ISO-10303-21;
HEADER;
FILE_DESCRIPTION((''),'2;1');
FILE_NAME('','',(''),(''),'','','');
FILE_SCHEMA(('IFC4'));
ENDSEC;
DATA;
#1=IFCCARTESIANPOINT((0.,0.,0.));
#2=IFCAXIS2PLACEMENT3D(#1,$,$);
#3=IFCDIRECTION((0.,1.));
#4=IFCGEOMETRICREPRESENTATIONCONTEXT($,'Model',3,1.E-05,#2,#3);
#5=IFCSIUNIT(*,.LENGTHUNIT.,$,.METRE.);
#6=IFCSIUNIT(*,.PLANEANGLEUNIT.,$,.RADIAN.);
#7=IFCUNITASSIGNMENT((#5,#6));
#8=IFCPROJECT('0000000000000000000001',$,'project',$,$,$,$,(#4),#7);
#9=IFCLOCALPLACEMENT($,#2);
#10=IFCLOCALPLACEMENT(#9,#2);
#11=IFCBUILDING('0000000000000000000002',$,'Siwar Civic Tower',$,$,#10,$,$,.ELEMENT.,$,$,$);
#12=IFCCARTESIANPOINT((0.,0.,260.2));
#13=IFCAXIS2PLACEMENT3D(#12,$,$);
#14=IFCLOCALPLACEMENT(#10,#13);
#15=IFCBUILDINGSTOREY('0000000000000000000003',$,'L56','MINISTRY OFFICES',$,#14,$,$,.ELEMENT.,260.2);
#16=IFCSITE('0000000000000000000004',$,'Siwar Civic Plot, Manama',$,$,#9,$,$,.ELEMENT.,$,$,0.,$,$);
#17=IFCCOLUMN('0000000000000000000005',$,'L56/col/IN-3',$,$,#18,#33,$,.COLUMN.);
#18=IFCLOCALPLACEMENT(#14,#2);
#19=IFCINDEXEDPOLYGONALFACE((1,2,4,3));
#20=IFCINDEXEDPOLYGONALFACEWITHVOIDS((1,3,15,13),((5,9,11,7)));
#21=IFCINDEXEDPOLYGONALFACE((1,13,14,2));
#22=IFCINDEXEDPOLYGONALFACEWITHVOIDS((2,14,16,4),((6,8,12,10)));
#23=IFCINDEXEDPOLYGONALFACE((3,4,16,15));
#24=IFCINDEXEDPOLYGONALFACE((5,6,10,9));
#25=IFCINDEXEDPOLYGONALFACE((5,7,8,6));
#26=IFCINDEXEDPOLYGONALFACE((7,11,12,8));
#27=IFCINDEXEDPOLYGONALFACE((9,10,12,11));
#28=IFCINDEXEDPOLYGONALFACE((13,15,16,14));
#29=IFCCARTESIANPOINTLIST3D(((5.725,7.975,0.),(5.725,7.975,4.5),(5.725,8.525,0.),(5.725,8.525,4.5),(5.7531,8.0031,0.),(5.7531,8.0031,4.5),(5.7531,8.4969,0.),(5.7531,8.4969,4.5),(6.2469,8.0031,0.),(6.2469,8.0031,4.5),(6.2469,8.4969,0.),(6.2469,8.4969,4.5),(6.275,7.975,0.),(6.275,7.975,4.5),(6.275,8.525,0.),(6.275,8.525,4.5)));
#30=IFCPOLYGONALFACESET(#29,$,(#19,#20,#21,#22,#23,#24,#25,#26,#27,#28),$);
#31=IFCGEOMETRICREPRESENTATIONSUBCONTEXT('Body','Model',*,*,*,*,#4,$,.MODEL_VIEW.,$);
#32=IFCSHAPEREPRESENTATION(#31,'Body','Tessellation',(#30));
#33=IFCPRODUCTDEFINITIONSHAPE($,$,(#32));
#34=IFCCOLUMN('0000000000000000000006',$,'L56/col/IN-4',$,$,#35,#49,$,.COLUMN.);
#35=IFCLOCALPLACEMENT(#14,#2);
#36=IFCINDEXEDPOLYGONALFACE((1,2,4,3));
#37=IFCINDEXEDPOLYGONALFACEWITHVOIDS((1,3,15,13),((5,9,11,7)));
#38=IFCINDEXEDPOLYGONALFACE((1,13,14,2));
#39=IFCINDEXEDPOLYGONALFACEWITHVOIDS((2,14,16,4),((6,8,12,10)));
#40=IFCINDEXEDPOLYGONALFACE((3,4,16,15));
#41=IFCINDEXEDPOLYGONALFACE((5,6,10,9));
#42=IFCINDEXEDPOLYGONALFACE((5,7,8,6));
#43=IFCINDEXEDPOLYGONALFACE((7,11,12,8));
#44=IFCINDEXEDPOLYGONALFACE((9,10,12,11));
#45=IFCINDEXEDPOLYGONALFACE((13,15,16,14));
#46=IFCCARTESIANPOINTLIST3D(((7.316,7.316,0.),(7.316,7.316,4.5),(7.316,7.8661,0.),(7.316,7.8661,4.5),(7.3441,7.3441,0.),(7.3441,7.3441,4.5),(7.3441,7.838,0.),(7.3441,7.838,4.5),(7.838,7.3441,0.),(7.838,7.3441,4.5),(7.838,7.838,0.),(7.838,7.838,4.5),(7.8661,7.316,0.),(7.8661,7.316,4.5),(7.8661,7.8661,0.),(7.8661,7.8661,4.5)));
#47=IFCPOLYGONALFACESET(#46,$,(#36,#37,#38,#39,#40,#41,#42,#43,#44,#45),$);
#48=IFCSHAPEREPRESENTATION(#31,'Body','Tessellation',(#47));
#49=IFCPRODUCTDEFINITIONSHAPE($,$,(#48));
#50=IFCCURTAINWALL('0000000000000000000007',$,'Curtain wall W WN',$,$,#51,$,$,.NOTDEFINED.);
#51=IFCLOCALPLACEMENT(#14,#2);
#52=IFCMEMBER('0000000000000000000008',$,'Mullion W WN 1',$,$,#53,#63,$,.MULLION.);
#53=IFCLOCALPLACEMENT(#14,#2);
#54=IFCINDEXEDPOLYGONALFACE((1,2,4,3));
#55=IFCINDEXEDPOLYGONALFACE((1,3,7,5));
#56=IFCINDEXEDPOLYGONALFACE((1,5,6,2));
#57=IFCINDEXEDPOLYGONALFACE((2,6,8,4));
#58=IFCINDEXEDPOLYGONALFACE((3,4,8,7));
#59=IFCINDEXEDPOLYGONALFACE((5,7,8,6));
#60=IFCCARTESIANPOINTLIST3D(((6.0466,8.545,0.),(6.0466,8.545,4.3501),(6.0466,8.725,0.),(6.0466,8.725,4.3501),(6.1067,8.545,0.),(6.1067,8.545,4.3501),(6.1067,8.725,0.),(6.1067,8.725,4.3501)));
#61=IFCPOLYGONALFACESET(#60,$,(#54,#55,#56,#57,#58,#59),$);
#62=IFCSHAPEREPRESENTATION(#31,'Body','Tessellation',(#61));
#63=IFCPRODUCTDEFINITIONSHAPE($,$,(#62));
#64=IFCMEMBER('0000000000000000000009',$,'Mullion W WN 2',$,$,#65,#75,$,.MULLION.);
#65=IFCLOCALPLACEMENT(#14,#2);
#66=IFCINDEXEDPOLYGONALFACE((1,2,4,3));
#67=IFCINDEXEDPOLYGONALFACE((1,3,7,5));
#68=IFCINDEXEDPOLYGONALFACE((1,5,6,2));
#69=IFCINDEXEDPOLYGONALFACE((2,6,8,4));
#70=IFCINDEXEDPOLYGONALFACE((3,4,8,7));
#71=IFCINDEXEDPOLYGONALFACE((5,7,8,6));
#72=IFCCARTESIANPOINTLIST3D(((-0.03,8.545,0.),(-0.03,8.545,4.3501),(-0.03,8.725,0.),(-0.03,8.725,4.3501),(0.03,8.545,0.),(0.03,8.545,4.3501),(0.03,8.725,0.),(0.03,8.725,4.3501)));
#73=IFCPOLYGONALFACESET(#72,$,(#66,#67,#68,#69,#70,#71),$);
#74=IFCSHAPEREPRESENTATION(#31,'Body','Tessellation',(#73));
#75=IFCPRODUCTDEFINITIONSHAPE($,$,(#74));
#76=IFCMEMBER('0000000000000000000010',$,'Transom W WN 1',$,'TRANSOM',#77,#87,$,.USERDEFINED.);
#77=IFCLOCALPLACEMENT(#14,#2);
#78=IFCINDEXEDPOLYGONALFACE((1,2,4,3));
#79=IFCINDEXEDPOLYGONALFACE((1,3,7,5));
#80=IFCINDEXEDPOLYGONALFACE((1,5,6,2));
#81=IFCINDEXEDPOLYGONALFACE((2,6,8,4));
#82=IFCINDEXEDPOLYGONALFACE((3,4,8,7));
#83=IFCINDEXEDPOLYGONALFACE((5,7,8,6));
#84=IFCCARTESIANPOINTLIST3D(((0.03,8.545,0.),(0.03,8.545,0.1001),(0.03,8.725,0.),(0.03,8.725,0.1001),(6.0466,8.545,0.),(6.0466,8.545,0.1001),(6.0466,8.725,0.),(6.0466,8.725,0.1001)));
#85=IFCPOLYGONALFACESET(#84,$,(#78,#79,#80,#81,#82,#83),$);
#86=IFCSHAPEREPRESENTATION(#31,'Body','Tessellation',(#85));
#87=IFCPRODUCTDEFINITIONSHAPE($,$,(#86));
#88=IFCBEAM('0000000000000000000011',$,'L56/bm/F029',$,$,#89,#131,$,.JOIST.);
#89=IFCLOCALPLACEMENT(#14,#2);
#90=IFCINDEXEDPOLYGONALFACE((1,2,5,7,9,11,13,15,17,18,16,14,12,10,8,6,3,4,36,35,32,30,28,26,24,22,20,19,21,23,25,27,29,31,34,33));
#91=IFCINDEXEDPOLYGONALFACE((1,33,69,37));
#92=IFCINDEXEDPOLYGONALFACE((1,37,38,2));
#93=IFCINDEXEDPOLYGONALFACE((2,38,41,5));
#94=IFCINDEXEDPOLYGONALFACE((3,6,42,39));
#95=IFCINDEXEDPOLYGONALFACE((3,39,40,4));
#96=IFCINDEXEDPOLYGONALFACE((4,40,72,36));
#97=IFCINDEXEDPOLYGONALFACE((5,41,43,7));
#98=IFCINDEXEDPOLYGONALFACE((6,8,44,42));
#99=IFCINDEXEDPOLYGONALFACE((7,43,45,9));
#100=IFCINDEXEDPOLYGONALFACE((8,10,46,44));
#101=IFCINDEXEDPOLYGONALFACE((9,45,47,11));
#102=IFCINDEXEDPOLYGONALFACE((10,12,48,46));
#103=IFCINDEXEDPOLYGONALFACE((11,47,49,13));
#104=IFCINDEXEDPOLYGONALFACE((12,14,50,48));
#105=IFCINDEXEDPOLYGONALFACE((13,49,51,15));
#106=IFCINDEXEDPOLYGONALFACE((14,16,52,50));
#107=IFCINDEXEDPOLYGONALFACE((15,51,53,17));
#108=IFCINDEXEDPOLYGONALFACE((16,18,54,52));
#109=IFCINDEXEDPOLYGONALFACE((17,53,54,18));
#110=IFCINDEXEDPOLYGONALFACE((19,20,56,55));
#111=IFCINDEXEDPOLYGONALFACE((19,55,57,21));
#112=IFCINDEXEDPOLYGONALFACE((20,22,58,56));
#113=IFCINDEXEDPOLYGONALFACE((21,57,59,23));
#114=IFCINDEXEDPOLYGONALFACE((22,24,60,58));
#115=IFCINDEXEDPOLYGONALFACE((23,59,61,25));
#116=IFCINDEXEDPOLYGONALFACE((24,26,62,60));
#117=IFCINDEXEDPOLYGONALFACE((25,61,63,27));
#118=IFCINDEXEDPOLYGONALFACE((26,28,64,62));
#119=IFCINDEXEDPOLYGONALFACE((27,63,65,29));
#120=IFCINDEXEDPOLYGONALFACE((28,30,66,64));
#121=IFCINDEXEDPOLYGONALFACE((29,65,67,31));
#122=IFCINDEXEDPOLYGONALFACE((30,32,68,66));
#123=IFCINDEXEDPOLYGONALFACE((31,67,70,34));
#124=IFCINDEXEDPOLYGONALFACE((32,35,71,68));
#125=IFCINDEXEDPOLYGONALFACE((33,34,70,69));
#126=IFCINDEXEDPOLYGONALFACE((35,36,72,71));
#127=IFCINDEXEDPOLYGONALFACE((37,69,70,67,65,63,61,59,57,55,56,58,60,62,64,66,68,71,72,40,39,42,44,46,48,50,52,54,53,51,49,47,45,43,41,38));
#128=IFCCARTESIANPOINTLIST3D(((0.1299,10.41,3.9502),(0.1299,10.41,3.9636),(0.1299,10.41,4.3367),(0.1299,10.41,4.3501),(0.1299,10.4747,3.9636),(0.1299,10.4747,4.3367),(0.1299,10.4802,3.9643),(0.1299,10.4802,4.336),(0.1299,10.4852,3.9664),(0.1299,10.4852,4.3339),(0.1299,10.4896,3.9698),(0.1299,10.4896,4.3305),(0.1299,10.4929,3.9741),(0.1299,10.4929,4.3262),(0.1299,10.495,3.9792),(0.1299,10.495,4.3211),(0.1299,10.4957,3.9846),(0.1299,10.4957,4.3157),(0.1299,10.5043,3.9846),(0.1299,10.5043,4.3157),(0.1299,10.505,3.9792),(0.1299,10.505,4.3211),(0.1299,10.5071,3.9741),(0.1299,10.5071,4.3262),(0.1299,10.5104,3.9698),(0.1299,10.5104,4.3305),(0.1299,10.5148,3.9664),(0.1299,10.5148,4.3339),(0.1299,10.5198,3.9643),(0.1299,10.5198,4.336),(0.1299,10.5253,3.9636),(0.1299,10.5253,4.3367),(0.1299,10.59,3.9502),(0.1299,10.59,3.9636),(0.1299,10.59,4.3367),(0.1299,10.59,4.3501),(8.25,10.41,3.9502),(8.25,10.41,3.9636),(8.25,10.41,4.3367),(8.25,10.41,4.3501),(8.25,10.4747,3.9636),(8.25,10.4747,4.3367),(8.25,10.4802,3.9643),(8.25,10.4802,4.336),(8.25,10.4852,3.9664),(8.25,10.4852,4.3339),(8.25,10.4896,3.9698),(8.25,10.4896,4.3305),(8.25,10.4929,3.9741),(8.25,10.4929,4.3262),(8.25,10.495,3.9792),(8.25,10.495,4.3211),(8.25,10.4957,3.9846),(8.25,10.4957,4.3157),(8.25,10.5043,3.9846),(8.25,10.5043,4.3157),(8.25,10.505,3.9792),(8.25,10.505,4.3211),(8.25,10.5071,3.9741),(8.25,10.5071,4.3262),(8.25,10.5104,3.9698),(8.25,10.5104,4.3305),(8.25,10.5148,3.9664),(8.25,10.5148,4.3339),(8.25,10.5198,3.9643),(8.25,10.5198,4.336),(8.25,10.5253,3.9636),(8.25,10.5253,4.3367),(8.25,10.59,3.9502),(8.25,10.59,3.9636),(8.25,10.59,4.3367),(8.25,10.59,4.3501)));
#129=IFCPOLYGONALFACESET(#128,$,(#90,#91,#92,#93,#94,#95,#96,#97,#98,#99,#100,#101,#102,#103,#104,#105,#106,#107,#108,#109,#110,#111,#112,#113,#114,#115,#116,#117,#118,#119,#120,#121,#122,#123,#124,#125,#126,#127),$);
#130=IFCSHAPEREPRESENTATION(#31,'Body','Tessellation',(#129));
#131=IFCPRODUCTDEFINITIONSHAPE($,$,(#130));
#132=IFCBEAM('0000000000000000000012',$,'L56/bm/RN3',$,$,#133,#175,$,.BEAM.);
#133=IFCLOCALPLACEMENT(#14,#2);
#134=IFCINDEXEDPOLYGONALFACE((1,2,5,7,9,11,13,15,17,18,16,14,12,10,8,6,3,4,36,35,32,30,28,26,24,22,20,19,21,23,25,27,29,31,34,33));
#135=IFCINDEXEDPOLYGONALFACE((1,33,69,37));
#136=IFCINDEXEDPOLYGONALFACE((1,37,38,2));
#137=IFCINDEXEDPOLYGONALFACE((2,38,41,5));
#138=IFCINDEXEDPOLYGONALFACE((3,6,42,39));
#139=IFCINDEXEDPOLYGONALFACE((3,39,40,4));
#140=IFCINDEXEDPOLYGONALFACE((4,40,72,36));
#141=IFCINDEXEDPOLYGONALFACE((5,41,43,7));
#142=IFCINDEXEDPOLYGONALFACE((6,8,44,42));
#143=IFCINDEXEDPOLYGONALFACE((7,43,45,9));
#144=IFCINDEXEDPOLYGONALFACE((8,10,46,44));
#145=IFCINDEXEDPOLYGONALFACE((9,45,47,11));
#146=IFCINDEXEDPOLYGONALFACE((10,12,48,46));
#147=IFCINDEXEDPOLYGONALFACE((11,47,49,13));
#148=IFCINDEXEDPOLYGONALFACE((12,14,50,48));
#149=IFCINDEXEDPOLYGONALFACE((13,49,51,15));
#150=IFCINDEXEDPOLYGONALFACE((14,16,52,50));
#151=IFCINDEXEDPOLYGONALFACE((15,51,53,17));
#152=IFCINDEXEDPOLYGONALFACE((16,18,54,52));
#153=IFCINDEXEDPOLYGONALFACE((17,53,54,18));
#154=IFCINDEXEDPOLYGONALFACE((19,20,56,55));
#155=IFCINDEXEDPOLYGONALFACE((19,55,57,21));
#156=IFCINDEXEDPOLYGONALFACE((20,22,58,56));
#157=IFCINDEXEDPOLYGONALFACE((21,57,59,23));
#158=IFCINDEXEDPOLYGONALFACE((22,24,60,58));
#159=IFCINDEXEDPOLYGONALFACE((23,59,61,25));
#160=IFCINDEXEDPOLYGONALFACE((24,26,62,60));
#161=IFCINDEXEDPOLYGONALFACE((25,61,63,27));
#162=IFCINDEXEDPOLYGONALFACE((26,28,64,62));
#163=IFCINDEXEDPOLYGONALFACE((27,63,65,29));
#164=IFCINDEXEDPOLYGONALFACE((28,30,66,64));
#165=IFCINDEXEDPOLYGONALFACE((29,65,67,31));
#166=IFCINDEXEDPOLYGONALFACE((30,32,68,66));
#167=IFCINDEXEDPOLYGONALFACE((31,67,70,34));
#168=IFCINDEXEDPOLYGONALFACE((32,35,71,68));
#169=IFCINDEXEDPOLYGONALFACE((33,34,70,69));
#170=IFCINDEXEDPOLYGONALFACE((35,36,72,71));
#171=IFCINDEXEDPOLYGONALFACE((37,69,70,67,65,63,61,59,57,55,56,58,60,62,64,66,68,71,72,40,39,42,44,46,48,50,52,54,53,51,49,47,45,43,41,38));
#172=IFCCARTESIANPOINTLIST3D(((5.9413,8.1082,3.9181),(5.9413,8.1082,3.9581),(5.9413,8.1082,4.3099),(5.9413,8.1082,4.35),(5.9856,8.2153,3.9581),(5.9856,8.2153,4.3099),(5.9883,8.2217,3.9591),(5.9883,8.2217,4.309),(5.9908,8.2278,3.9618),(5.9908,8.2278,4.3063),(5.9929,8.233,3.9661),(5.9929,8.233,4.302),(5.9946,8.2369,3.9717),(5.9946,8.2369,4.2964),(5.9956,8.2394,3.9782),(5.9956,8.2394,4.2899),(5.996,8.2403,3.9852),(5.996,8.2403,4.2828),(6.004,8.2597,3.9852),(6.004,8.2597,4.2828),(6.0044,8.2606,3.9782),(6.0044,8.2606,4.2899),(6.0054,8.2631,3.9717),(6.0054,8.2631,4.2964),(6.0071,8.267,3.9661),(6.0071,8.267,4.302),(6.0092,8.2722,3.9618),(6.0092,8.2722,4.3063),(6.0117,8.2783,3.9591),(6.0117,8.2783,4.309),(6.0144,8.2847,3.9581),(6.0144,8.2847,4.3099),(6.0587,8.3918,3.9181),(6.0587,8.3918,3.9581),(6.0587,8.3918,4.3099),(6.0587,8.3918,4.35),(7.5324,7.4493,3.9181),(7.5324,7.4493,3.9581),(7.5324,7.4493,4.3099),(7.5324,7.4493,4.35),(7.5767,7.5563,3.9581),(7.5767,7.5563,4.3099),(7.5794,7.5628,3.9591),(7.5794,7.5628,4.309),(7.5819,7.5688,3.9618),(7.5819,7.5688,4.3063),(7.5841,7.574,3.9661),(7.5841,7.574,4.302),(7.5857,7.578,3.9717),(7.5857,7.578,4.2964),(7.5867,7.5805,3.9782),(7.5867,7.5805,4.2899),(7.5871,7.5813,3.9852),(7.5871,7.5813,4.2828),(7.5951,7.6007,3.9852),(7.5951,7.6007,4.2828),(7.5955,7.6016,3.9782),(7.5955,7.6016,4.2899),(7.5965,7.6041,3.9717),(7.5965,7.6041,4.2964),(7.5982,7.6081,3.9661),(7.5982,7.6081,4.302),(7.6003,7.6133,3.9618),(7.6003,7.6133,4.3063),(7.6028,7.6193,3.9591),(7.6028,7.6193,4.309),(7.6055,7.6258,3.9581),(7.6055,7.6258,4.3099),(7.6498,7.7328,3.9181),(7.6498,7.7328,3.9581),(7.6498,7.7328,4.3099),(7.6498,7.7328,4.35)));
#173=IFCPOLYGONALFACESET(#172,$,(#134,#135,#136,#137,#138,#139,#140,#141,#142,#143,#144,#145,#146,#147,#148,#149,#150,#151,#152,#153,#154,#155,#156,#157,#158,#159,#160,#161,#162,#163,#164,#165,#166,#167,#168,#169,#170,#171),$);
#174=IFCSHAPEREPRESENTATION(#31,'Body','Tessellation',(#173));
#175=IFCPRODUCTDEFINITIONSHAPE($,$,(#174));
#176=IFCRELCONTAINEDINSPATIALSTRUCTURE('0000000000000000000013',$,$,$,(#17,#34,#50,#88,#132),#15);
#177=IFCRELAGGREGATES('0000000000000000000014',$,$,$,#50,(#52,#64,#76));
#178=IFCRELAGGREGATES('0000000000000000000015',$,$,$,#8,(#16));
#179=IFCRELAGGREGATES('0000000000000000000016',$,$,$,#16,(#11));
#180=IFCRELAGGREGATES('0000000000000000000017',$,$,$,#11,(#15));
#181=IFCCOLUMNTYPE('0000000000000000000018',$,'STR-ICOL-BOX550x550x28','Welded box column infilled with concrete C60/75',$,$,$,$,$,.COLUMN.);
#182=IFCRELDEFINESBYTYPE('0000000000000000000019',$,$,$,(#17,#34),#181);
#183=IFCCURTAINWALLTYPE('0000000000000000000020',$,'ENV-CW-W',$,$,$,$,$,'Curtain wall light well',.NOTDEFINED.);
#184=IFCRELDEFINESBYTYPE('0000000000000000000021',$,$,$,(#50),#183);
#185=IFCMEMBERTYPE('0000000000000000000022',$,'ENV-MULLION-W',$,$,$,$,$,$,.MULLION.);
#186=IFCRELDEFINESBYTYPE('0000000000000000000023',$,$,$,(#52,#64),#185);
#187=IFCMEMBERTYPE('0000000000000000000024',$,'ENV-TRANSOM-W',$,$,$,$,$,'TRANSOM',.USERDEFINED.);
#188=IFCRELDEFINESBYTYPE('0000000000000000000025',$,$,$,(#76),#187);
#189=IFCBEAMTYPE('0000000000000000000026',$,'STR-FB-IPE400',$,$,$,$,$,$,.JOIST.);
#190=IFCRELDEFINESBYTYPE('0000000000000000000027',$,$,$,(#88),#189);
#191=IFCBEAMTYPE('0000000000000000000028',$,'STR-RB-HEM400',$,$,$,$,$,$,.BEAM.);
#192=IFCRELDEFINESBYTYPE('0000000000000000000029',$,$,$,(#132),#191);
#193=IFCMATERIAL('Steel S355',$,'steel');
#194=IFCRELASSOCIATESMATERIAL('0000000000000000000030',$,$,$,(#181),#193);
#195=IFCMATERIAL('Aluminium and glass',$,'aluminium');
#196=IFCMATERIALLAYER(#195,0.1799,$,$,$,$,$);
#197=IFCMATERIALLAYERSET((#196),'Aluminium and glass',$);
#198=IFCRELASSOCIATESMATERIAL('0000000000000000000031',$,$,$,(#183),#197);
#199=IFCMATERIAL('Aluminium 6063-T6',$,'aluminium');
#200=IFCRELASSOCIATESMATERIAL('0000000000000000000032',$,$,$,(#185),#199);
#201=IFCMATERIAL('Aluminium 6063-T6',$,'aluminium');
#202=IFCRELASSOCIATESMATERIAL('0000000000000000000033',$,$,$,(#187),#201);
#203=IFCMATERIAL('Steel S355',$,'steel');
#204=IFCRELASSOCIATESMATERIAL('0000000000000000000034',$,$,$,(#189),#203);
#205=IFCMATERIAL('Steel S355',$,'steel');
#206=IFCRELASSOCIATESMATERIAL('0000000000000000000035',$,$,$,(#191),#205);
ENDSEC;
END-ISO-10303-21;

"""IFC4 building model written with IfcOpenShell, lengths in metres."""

from ifc_helpers import new_model, si_unit, direction, frame, origin, origin_2d, place, context, subcontext, project, spatial, rectangle, hollow_rectangle, i_section, extrude, material, layer, layer_set, material_profile, profile_set, type_object, element, aggregate, save


model = new_model("IFC4")

# Units and contexts
model_context = context("Model", 3, precision=1e-05, world=origin(), true_north=direction((0.0, 1.0)))
body_context = subcontext(model_context, "Body", "Model", "MODEL_VIEW")
ifc_project = project(units=[si_unit("LENGTHUNIT", "METRE"), si_unit("PLANEANGLEUNIT", "RADIAN")], contexts=[model_context])

# Site, building, storey
site_placement = place(None, origin())
site = spatial("IfcSite", under=ifc_project, at=site_placement, Name="Siwar Civic Plot, Manama", CompositionType="ELEMENT", RefElevation=0.0)
building_placement = place(site_placement, origin())
building = spatial("IfcBuilding", under=site, at=building_placement, Name="Siwar Civic Tower", CompositionType="ELEMENT")
storey_placement = place(building_placement, frame((0.0, 0.0, 260.2)))
storey = spatial("IfcBuildingStorey", under=building, at=storey_placement, Name="L56", Description="MINISTRY OFFICES", CompositionType="ELEMENT", Elevation=260.2)

# Columns
ifc_material_1 = material(Name="Steel S355", Category="steel")
ifc_material_profile_1 = material_profile(ifc_material_1, hollow_rectangle(XDim=0.55, YDim=0.55, WallThickness=0.0281, at=origin_2d()), Name="BOX550x550x28")
ifc_profile_set_1 = profile_set([ifc_material_profile_1], Name="Steel S355")
column_type = type_object("IfcColumnType", Name="STR-ICOL-BOX550x550x28", Description="Welded box column infilled with concrete C60/75", PredefinedType="COLUMN", material=ifc_profile_set_1)
for number, where, z_axis, x_axis, name in (
    (1, (6.0, 8.25, 0.0), (0.0, 0.0, 1.0), (1.0, 0.0, 0.0), "L56/col/IN-3"),
    (2, (7.5911, 7.5911, 0.0), (0.0, 0.0, 1.0), (1.0, 0.0, 0.0), "L56/col/IN-4"),
):
    element("IfcColumn", number, at=place(storey_placement, frame(where, z_axis=z_axis, x_axis=x_axis)), inside=storey, type_object=column_type, Name=name, PredefinedType="COLUMN", context=body_context, shape_type="SweptSolid", body=[
        extrude(hollow_rectangle(XDim=0.55, YDim=0.55, WallThickness=0.0281, at=origin_2d()), origin(), (0.0, 0.0, 1.0), 4.5),
    ])

# Curtain wall, members
ifc_material_2 = material(Name="Aluminium and glass", Category="aluminium")
ifc_layer_1 = layer(ifc_material_2, 0.1799)
ifc_layer_set_1 = layer_set([ifc_layer_1], Name="Aluminium and glass")
curtain_wall_type = type_object("IfcCurtainWallType", Name="ENV-CW-W", ElementType="Curtain wall light well", PredefinedType="NOTDEFINED", material=ifc_layer_set_1)
curtain_wall_placement = place(storey_placement, origin())
curtain_wall = element("IfcCurtainWall", 3, at=curtain_wall_placement, inside=storey, type_object=curtain_wall_type, Name="Curtain wall W WN", PredefinedType="NOTDEFINED")
ifc_material_3 = material(Name="Aluminium 6063-T6", Category="aluminium")
ifc_material_profile_2 = material_profile(ifc_material_3, rectangle(XDim=0.1799, YDim=0.0601, at=origin_2d()), Name="AL 180x60")
ifc_profile_set_2 = profile_set([ifc_material_profile_2], Name="Aluminium 6063-T6")
member_type_1 = type_object("IfcMemberType", Name="ENV-MULLION-W", PredefinedType="MULLION", material=ifc_profile_set_2)
member_1_placement = place(storey_placement, frame((6.0767, 8.635, 0.0), z_axis=(0.0, 0.0, 1.0), x_axis=(0.0, -1.0, 0.0)))
member_1 = element("IfcMember", 4, at=member_1_placement, type_object=member_type_1, Name="Mullion W WN 1", PredefinedType="MULLION", context=body_context, shape_type="SweptSolid", body=[
    extrude(rectangle(XDim=0.1799, YDim=0.0601, at=origin_2d()), origin(), (0.0, 0.0, 1.0), 4.3501),
])
member_2_placement = place(storey_placement, frame((0.0, 8.635, 0.0), z_axis=(0.0, 0.0, 1.0), x_axis=(0.0, -1.0, 0.0)))
member_2 = element("IfcMember", 5, at=member_2_placement, type_object=member_type_1, Name="Mullion W WN 2", PredefinedType="MULLION", context=body_context, shape_type="SweptSolid", body=[
    extrude(rectangle(XDim=0.1799, YDim=0.0601, at=origin_2d()), origin(), (0.0, 0.0, 1.0), 4.3501),
])
ifc_material_4 = material(Name="Aluminium 6063-T6", Category="aluminium")
ifc_material_profile_3 = material_profile(ifc_material_4, rectangle(XDim=0.1799, YDim=0.1001, at=origin_2d()), Name="AL 180x100")
ifc_profile_set_3 = profile_set([ifc_material_profile_3], Name="Aluminium 6063-T6")
member_type_2 = type_object("IfcMemberType", Name="ENV-TRANSOM-W", ElementType="TRANSOM", PredefinedType="USERDEFINED", material=ifc_profile_set_3)
member_3_placement = place(storey_placement, frame((6.0466, 8.635, 0.05), z_axis=(-1.0, 0.0, 0.0), x_axis=(0.0, -1.0, 0.0)))
member_3 = element("IfcMember", 6, at=member_3_placement, type_object=member_type_2, Name="Transom W WN 1", ObjectType="TRANSOM", PredefinedType="USERDEFINED", context=body_context, shape_type="SweptSolid", body=[
    extrude(rectangle(XDim=0.1799, YDim=0.1001, at=origin_2d()), origin(), (0.0, 0.0, 1.0), 6.0166),
])

# Beams
ifc_material_5 = material(Name="Steel S355", Category="steel")
ifc_material_profile_4 = material_profile(ifc_material_5, i_section(OverallWidth=0.1799, OverallDepth=0.3999, WebThickness=0.0085, FlangeThickness=0.0134, FilletRadius=0.021, at=origin_2d()), Name="IPE400")
ifc_profile_set_4 = profile_set([ifc_material_profile_4], Name="Steel S355")
beam_type_1 = type_object("IfcBeamType", Name="STR-FB-IPE400", PredefinedType="JOIST", material=ifc_profile_set_4)
beam_placement = place(storey_placement, frame((0.1299, 10.5, 4.1501), z_axis=(1.0, 0.0, 0.0), x_axis=(0.0, 1.0, 0.0)))
element("IfcBeam", 7, at=beam_placement, inside=storey, type_object=beam_type_1, Name="L56/bm/F029", PredefinedType="JOIST", context=body_context, shape_type="SweptSolid", body=[
    extrude(i_section(OverallWidth=0.1799, OverallDepth=0.3999, WebThickness=0.0085, FlangeThickness=0.0134, FilletRadius=0.021, at=origin_2d()), origin(), (0.0, 0.0, 1.0), 8.1201),
])
ifc_material_6 = material(Name="Steel S355", Category="steel")
ifc_material_profile_5 = material_profile(ifc_material_6, i_section(OverallWidth=0.3069, OverallDepth=0.4319, WebThickness=0.021, FlangeThickness=0.04, FilletRadius=0.0271, at=origin_2d()), Name="HEM400")
ifc_profile_set_5 = profile_set([ifc_material_profile_5], Name="Steel S355")
beam_type_2 = type_object("IfcBeamType", Name="STR-RB-HEM400", PredefinedType="BEAM", material=ifc_profile_set_5)
for number, where, z_axis, x_axis, name in (
    (8, (6.0, 8.25, 4.134), (0.923901, -0.382631, 0.0), (0.382631, 0.923901, 0.0), "L56/bm/RN3"),
):
    element("IfcBeam", number, at=place(storey_placement, frame(where, z_axis=z_axis, x_axis=x_axis)), inside=storey, type_object=beam_type_2, Name=name, PredefinedType="BEAM", context=body_context, shape_type="SweptSolid", body=[
        extrude(i_section(OverallWidth=0.3069, OverallDepth=0.4319, WebThickness=0.021, FlangeThickness=0.04, FilletRadius=0.0271, at=origin_2d()), origin(), (0.0, 0.0, 1.0), 1.7222),
    ])

aggregate(curtain_wall, [member_1, member_2, member_3])

save(model, "model.ifc")
